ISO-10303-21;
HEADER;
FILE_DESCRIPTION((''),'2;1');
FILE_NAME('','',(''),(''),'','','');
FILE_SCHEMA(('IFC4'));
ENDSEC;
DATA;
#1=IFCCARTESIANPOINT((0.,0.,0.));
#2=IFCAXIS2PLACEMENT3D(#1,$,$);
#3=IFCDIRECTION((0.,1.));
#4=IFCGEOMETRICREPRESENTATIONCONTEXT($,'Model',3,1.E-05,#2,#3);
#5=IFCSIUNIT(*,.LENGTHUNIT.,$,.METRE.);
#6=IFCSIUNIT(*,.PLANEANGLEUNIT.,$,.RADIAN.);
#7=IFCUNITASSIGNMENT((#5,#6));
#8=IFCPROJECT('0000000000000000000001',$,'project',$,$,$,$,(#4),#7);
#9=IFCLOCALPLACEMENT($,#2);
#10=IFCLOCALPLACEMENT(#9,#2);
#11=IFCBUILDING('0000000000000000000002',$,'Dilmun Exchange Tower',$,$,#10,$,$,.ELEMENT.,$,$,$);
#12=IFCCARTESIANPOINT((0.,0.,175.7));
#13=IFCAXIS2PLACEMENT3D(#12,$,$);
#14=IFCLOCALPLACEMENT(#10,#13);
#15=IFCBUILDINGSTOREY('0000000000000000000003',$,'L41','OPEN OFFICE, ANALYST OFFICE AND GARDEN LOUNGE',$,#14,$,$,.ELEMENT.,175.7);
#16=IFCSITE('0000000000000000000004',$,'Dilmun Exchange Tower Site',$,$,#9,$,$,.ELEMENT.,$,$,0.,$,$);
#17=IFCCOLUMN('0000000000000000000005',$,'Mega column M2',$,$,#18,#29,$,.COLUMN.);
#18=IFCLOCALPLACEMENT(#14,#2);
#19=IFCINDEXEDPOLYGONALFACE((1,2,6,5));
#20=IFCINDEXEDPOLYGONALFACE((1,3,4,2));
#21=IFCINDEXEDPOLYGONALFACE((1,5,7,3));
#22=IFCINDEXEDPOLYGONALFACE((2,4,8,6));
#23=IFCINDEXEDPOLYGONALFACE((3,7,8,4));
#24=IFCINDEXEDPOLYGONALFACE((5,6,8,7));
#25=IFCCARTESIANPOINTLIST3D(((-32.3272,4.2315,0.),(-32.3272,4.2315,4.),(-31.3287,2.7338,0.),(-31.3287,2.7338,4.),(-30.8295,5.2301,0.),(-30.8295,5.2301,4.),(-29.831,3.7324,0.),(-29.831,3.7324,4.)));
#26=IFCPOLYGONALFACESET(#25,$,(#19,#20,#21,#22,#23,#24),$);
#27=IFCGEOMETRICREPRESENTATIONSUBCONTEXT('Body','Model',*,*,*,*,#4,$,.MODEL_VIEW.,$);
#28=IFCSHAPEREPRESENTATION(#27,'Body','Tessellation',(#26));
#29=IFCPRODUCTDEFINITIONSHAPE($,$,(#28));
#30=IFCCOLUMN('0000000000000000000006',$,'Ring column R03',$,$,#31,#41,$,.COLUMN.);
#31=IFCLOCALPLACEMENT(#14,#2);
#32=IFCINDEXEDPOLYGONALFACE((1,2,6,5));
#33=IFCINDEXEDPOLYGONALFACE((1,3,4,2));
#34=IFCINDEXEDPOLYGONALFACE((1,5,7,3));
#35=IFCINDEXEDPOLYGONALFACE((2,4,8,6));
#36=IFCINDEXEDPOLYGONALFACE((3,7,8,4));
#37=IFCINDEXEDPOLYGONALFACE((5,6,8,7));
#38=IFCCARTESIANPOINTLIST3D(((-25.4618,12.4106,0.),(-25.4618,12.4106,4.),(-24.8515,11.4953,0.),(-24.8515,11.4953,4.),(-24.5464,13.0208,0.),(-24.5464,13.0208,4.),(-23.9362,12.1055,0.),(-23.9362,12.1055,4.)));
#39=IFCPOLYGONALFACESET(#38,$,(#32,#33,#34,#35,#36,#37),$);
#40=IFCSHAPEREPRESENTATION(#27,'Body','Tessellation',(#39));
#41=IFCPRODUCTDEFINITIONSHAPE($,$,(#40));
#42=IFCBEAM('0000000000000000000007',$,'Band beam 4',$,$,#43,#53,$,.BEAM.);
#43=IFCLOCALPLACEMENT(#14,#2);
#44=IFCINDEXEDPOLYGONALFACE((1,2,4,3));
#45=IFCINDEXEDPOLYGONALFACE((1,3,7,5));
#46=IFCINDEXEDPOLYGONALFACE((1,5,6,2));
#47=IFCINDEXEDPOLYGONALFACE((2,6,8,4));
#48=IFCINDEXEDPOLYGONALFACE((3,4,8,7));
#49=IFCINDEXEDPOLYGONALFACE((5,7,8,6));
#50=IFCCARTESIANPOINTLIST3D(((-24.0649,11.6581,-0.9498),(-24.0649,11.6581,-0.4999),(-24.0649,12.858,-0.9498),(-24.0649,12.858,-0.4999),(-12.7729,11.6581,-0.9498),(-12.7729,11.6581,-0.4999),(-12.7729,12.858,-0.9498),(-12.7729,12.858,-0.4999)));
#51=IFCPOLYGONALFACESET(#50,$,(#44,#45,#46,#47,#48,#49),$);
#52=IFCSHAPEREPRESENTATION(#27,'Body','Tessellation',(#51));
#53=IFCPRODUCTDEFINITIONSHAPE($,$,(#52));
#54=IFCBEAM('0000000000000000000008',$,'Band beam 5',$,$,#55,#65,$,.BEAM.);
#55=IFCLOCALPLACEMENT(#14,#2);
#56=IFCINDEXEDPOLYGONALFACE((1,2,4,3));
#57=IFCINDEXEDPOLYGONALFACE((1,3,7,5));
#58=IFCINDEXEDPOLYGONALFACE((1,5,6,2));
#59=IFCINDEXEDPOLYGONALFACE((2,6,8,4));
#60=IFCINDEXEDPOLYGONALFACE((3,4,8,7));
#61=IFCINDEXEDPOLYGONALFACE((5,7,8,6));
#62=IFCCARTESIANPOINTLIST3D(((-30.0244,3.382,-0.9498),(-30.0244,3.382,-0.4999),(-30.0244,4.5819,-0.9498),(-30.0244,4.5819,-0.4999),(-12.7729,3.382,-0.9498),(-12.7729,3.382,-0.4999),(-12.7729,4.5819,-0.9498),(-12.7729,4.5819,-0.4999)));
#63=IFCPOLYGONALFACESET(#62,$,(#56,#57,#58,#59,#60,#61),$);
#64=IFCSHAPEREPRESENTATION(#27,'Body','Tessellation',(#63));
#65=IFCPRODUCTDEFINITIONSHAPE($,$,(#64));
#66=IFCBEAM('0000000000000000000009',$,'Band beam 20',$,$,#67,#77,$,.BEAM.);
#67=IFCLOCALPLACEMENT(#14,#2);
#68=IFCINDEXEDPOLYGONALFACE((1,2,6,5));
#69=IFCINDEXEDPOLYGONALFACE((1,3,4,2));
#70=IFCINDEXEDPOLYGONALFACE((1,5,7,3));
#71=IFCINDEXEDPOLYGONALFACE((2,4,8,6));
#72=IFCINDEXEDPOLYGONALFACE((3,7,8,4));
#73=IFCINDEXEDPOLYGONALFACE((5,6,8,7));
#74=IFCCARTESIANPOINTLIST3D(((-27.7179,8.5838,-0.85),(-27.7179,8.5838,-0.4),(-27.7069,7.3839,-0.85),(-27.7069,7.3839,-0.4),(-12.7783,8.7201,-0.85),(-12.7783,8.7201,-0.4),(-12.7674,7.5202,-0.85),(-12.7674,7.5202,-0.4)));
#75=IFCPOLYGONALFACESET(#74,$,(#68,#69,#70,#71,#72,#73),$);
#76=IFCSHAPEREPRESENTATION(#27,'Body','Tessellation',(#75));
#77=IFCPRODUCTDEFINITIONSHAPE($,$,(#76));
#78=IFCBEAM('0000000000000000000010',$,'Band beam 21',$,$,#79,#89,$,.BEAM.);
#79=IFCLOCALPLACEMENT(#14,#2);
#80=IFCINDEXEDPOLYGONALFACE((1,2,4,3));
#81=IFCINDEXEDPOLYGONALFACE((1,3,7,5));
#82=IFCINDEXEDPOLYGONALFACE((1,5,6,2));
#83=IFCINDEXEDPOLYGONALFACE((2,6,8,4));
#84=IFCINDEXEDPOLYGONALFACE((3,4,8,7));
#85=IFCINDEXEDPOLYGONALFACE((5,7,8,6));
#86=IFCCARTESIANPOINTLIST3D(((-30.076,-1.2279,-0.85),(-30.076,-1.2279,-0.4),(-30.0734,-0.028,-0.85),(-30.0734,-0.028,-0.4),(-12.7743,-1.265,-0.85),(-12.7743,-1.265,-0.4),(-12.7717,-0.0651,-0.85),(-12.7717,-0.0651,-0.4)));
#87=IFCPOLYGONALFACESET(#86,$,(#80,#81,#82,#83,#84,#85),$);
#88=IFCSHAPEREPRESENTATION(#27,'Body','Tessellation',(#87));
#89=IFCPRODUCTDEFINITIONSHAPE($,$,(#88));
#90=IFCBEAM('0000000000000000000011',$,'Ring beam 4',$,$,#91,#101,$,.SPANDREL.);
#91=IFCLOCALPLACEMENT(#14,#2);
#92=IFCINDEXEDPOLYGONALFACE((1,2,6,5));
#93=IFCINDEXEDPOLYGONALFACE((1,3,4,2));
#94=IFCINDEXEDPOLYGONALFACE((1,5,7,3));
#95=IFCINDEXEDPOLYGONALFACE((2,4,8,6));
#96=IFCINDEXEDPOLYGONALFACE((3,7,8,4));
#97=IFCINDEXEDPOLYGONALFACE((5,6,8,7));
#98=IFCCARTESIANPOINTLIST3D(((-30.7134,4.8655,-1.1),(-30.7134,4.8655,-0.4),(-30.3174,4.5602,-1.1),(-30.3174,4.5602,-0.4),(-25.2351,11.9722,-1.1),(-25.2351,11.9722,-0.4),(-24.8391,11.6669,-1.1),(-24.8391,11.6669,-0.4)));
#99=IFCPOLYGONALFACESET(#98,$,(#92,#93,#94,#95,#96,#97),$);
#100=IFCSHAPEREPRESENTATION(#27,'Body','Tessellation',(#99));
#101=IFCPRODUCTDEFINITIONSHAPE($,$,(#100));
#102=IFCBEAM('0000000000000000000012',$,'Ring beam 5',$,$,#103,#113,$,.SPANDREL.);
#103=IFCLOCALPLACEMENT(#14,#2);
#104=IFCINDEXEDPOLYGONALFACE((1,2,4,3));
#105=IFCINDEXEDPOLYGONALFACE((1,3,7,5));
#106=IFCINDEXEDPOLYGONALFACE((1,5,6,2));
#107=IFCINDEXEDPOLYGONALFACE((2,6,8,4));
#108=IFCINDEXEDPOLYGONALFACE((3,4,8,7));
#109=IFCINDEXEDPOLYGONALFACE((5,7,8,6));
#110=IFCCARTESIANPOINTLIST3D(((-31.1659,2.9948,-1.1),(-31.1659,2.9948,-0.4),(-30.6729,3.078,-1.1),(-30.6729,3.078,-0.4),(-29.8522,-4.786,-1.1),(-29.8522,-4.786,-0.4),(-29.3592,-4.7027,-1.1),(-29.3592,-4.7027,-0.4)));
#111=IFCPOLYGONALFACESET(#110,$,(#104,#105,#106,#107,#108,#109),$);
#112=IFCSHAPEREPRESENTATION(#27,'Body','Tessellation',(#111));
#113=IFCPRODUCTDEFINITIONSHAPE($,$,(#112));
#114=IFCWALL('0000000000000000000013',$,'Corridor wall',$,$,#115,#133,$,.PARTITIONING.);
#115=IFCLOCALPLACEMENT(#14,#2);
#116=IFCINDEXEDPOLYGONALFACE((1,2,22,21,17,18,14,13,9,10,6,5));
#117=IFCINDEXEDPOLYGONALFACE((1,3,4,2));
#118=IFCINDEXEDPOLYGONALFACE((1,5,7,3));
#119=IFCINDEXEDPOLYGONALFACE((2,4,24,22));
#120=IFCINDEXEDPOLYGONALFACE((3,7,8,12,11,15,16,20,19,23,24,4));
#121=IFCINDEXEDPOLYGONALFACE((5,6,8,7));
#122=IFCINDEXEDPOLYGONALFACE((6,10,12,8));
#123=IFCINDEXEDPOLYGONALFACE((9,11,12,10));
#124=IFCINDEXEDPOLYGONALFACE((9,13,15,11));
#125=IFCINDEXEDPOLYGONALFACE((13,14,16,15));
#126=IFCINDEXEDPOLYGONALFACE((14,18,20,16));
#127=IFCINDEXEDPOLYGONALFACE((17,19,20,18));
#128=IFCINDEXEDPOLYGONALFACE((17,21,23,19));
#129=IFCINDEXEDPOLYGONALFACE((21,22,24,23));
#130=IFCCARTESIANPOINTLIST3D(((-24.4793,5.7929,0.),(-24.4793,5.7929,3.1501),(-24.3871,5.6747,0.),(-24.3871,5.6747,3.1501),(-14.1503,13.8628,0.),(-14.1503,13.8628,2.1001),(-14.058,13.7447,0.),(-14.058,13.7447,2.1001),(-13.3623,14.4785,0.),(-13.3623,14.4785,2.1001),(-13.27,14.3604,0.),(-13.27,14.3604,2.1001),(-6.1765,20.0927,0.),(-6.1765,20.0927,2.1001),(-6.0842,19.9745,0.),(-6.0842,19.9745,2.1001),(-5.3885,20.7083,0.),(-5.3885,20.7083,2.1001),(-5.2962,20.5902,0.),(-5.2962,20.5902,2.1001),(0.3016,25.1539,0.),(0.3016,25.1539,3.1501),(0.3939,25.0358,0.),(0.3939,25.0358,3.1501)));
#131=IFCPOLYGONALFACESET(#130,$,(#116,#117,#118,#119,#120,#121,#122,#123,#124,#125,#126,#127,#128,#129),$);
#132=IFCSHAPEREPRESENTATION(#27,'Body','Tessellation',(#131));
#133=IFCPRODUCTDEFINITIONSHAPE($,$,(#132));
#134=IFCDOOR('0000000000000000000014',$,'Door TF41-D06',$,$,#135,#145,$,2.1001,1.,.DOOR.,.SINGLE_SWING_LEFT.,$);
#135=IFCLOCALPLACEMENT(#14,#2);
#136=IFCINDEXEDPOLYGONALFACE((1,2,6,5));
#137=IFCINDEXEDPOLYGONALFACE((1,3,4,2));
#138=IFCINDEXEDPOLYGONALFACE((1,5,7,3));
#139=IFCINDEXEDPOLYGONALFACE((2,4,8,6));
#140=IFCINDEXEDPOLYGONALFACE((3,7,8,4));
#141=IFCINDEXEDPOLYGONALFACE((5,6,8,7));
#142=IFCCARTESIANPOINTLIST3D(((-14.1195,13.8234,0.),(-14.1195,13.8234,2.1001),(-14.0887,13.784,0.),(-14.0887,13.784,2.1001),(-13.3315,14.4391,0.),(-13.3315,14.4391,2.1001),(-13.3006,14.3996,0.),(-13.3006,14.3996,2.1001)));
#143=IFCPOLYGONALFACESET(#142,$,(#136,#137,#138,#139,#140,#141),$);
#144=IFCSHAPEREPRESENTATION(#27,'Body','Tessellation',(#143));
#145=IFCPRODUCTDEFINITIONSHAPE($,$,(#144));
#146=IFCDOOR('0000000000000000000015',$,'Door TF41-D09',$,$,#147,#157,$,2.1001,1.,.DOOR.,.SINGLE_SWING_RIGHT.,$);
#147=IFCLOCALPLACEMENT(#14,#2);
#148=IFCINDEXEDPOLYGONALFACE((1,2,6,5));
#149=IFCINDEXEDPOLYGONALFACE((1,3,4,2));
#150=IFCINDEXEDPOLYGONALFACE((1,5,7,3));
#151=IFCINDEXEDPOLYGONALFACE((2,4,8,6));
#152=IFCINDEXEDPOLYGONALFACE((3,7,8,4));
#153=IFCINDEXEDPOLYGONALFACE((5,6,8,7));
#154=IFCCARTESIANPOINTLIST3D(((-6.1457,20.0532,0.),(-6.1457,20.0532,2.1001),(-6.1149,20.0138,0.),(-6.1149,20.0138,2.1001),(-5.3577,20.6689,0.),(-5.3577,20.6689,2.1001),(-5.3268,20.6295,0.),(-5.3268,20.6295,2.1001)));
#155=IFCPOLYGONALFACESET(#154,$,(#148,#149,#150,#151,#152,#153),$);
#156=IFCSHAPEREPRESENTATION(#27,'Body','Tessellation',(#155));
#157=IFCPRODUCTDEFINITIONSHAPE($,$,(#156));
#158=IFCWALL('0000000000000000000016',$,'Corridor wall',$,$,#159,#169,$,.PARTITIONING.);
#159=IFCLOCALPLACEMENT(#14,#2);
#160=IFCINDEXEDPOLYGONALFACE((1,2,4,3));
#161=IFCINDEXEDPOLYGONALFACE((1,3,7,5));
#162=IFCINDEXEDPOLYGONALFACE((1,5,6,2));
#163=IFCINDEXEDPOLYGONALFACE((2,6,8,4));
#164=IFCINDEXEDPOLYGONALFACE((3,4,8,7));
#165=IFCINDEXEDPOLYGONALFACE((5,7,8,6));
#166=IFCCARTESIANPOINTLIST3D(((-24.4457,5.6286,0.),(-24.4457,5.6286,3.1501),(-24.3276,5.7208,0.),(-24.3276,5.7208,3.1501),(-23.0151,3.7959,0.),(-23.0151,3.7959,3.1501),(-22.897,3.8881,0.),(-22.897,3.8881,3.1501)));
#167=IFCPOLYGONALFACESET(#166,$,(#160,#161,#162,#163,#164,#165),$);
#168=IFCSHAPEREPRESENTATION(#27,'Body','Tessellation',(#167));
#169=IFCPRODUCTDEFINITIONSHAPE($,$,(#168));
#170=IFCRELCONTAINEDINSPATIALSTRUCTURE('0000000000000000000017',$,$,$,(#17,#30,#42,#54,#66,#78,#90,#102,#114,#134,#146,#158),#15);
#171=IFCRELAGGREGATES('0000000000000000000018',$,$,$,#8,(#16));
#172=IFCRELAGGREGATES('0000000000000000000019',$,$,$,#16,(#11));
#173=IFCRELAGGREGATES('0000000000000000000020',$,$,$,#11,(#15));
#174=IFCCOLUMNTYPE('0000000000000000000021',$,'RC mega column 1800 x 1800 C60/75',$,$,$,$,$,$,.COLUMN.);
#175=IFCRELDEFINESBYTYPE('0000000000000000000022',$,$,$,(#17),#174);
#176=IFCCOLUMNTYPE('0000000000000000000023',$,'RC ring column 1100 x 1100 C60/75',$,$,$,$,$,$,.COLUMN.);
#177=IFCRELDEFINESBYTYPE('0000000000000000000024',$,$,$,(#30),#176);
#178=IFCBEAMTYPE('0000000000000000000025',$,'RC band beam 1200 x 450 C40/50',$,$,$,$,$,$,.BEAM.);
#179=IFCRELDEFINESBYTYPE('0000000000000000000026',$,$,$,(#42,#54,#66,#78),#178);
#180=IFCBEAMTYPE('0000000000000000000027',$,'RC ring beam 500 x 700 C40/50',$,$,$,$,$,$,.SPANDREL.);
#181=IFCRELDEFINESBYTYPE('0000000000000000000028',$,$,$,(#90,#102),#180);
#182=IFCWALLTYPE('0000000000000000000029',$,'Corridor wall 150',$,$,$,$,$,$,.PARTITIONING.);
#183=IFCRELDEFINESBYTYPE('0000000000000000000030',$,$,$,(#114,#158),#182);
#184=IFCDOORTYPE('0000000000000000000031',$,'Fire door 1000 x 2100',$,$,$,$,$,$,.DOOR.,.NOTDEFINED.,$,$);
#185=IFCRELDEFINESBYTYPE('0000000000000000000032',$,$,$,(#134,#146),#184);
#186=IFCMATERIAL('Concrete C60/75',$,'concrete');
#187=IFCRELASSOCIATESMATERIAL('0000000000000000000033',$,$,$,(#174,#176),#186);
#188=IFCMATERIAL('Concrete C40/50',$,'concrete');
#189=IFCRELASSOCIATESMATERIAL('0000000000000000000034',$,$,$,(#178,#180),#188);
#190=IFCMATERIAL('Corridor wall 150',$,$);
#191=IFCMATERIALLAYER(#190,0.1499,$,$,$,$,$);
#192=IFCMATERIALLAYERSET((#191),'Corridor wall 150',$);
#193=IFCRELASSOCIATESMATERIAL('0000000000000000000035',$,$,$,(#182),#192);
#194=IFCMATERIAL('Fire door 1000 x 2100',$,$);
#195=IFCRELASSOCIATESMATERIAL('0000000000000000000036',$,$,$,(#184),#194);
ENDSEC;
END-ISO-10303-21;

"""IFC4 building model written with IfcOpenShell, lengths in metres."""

from ifc_helpers import new_model, si_unit, direction, frame, frame_2d, origin, origin_2d, place, context, subcontext, project, spatial, rectangle, extrude, material, layer, layer_set, material_profile, profile_set, type_object, element, fill, save


model = new_model("IFC4")

# Units and contexts
model_context = context("Model", 3, precision=1e-05, world=origin(), true_north=direction((0.0, 1.0)))
body_context = subcontext(model_context, "Body", "Model", "MODEL_VIEW")
ifc_project = project(units=[si_unit("LENGTHUNIT", "METRE"), si_unit("PLANEANGLEUNIT", "RADIAN")], contexts=[model_context])

# Site, building, storey
site_placement = place(None, origin())
site = spatial("IfcSite", under=ifc_project, at=site_placement, Name="Dilmun Exchange Tower Site", CompositionType="ELEMENT", RefElevation=0.0)
building_placement = place(site_placement, origin())
building = spatial("IfcBuilding", under=site, at=building_placement, Name="Dilmun Exchange Tower", CompositionType="ELEMENT")
storey_placement = place(building_placement, frame((0.0, 0.0, 175.7)))
storey = spatial("IfcBuildingStorey", under=building, at=storey_placement, Name="L41", Description="OPEN OFFICE, ANALYST OFFICE AND GARDEN LOUNGE", CompositionType="ELEMENT", Elevation=175.7)

# Columns
ifc_material_1 = material(Name="Concrete C60/75", Category="concrete")
ifc_material_profile_1 = material_profile(ifc_material_1, rectangle(XDim=1.8, YDim=1.8, at=origin_2d()), Name="1800 x 1800")
ifc_profile_set_1 = profile_set([ifc_material_profile_1], Name="Concrete C60/75")
column_type_1 = type_object("IfcColumnType", Name="RC mega column 1800 x 1800 C60/75", PredefinedType="COLUMN", material=ifc_profile_set_1)
column_1_placement = place(storey_placement, frame((-31.0791, 3.9819, 0.0), z_axis=(0.0, 0.0, 1.0), x_axis=(0.832029, 0.554733, 0.0)))
element("IfcColumn", 1, at=column_1_placement, inside=storey, type_object=column_type_1, Name="Mega column M2", PredefinedType="COLUMN", context=body_context, shape_type="SweptSolid", body=[
    extrude(rectangle(XDim=1.8, YDim=1.8, at=origin_2d()), origin(), (0.0, 0.0, 1.0), 4.0),
])
ifc_material_profile_2 = material_profile(ifc_material_1, rectangle(XDim=1.1001, YDim=1.1001, at=origin_2d()), Name="1100 x 1100")
ifc_profile_set_2 = profile_set([ifc_material_profile_2], Name="Concrete C60/75")
column_type_2 = type_object("IfcColumnType", Name="RC ring column 1100 x 1100 C60/75", PredefinedType="COLUMN", material=ifc_profile_set_2)
column_2_placement = place(storey_placement, frame((-24.699, 12.2581, 0.0), z_axis=(0.0, 0.0, 1.0), x_axis=(0.832029, 0.554733, 0.0)))
element("IfcColumn", 2, at=column_2_placement, inside=storey, type_object=column_type_2, Name="Ring column R03", PredefinedType="COLUMN", context=body_context, shape_type="SweptSolid", body=[
    extrude(rectangle(XDim=1.1001, YDim=1.1001, at=origin_2d()), origin(), (0.0, 0.0, 1.0), 4.0),
])

# Beams
ifc_material_2 = material(Name="Concrete C40/50", Category="concrete")
ifc_material_profile_3 = material_profile(ifc_material_2, rectangle(XDim=1.2, YDim=0.45, at=origin_2d()), Name="1200 x 450")
ifc_profile_set_3 = profile_set([ifc_material_profile_3], Name="Concrete C40/50")
beam_type_1 = type_object("IfcBeamType", Name="RC band beam 1200 x 450 C40/50", PredefinedType="BEAM", material=ifc_profile_set_3)
beam_1_placement = place(storey_placement, frame((-24.0649, 12.2581, -0.7249), z_axis=(1.0, 0.0, 0.0), x_axis=(0.0, 1.0, 0.0)))
element("IfcBeam", 3, at=beam_1_placement, inside=storey, type_object=beam_type_1, Name="Band beam 4", PredefinedType="BEAM", context=body_context, shape_type="SweptSolid", body=[
    extrude(rectangle(XDim=1.2, YDim=0.45, at=origin_2d()), origin(), (0.0, 0.0, 1.0), 11.292),
])
beam_2_placement = place(storey_placement, frame((-30.0244, 3.9819, -0.7249), z_axis=(1.0, 0.0, 0.0), x_axis=(0.0, 1.0, 0.0)))
element("IfcBeam", 4, at=beam_2_placement, inside=storey, type_object=beam_type_1, Name="Band beam 5", PredefinedType="BEAM", context=body_context, shape_type="SweptSolid", body=[
    extrude(rectangle(XDim=1.2, YDim=0.45, at=origin_2d()), origin(), (0.0, 0.0, 1.0), 17.2515),
])
beam_3_placement = place(storey_placement, frame((-27.7124, 7.9839, -0.625), z_axis=(0.999958, 0.009118, 0.0), x_axis=(-0.009118, 0.999958, 0.0)))
element("IfcBeam", 5, at=beam_3_placement, inside=storey, type_object=beam_type_1, Name="Band beam 20", PredefinedType="BEAM", context=body_context, shape_type="SweptSolid", body=[
    extrude(rectangle(XDim=1.2, YDim=0.45, at=origin_2d()), origin(), (0.0, 0.0, 1.0), 14.9402),
])
beam_4_placement = place(storey_placement, frame((-30.0747, -0.6279, -0.625), z_axis=(0.999998, -0.002145, 0.0), x_axis=(0.002145, 0.999998, 0.0)))
element("IfcBeam", 6, at=beam_4_placement, inside=storey, type_object=beam_type_1, Name="Band beam 21", PredefinedType="BEAM", context=body_context, shape_type="SweptSolid", body=[
    extrude(rectangle(XDim=1.2, YDim=0.45, at=origin_2d()), origin(), (0.0, 0.0, 1.0), 17.3018),
])
ifc_material_profile_4 = material_profile(ifc_material_2, rectangle(XDim=0.5, YDim=0.7, at=origin_2d()), Name="500 x 700")
ifc_profile_set_4 = profile_set([ifc_material_profile_4], Name="Concrete C40/50")
beam_type_2 = type_object("IfcBeamType", Name="RC ring beam 500 x 700 C40/50", PredefinedType="SPANDREL", material=ifc_profile_set_4)
beam_5_placement = place(storey_placement, frame((-25.0371, 11.8196, -0.75), z_axis=(-0.610522, -0.792, 0.0), x_axis=(0.792, -0.610522, 0.0)))
element("IfcBeam", 7, at=beam_5_placement, inside=storey, type_object=beam_type_2, Name="Ring beam 4", PredefinedType="SPANDREL", context=body_context, shape_type="SweptSolid", body=[
    extrude(rectangle(XDim=0.5, YDim=0.7, at=origin_2d()), origin(), (0.0, 0.0, 1.0), 8.9731),
])
beam_6_placement = place(storey_placement, frame((-30.9194, 3.0364, -0.75), z_axis=(0.166486, -0.986044, 0.0), x_axis=(0.986044, 0.166486, 0.0)))
element("IfcBeam", 8, at=beam_6_placement, inside=storey, type_object=beam_type_2, Name="Ring beam 5", PredefinedType="SPANDREL", context=body_context, shape_type="SweptSolid", body=[
    extrude(rectangle(XDim=0.5, YDim=0.7, at=origin_2d()), origin(), (0.0, 0.0, 1.0), 7.8909),
])

# Wall, openings, doors
ifc_material_3 = material(Name="Corridor wall 150")
ifc_layer_1 = layer(ifc_material_3, 0.1499)
ifc_layer_set_1 = layer_set([ifc_layer_1], Name="Corridor wall 150")
wall_type_1 = type_object("IfcWallType", Name="Corridor wall 150", PredefinedType="PARTITIONING", material=ifc_layer_set_1)
wall_1_placement = place(storey_placement, frame((-24.4331, 5.7339, 0.0), z_axis=(0.0, 0.0, 1.0), x_axis=(0.78801, 0.615662, 0.0)))
wall_1 = element("IfcWall", 9, at=wall_1_placement, inside=storey, type_object=wall_type_1, Name="Corridor wall", PredefinedType="PARTITIONING", context=body_context, shape_type="SweptSolid", body=[
    extrude(rectangle(XDim=31.4475, YDim=0.1499, at=frame_2d((15.7236, 0.0))), origin(), (0.0, 0.0, 1.0), 3.1501),
])
opening_1_placement = place(wall_1_placement, frame((13.1077, 0.0, 0.0)))
opening_1 = element("IfcOpeningElement", 10, at=opening_1_placement, cuts=wall_1, PredefinedType="OPENING", context=body_context, shape_type="SweptSolid", body=[
    extrude(rectangle(XDim=1.0, YDim=2.1001, at=frame_2d((0.5, 1.05))), frame((0.0, 0.085, 0.0), z_axis=(0.0, -1.0, 0.0), x_axis=(1.0, 0.0, 0.0)), (0.0, 0.0, 1.0), 0.1699),
])
opening_2_placement = place(wall_1_placement, frame((23.2266, 0.0, 0.0)))
opening_2 = element("IfcOpeningElement", 11, at=opening_2_placement, cuts=wall_1, PredefinedType="OPENING", context=body_context, shape_type="SweptSolid", body=[
    extrude(rectangle(XDim=1.0, YDim=2.1001, at=frame_2d((0.5, 1.05))), frame((0.0, 0.085, 0.0), z_axis=(0.0, -1.0, 0.0), x_axis=(1.0, 0.0, 0.0)), (0.0, 0.0, 1.0), 0.1699),
])
ifc_material_4 = material(Name="Fire door 1000 x 2100")
door_type = type_object("IfcDoorType", Name="Fire door 1000 x 2100", OperationType="NOTDEFINED", PredefinedType="DOOR", material=ifc_material_4)
door_1_placement = place(opening_1_placement, origin())
door_1 = element("IfcDoor", 12, at=door_1_placement, inside=storey, type_object=door_type, Name="Door TF41-D06", OperationType="SINGLE_SWING_LEFT", OverallHeight=2.1001, OverallWidth=1.0, PredefinedType="DOOR", context=body_context, shape_type="SweptSolid", body=[
    extrude(rectangle(XDim=1.0, YDim=2.1001, at=frame_2d((0.5, 1.05))), frame((0.0, 0.0249, 0.0), z_axis=(0.0, -1.0, 0.0), x_axis=(1.0, 0.0, 0.0)), (0.0, 0.0, 1.0), 0.05),
])
fill(opening_1, door_1)
door_2_placement = place(opening_2_placement, origin())
door_2 = element("IfcDoor", 13, at=door_2_placement, inside=storey, type_object=door_type, Name="Door TF41-D09", OperationType="SINGLE_SWING_RIGHT", OverallHeight=2.1001, OverallWidth=1.0, PredefinedType="DOOR", context=body_context, shape_type="SweptSolid", body=[
    extrude(rectangle(XDim=1.0, YDim=2.1001, at=frame_2d((0.5, 1.05))), frame((0.0, 0.0249, 0.0), z_axis=(0.0, -1.0, 0.0), x_axis=(1.0, 0.0, 0.0)), (0.0, 0.0, 1.0), 0.05),
])
fill(opening_2, door_2)

# Wall
wall_2_placement = place(storey_placement, frame((-24.3867, 5.6748, 0.0), z_axis=(0.0, 0.0, 1.0), x_axis=(0.615328, -0.788271, 0.0)))
element("IfcWall", 14, at=wall_2_placement, inside=storey, type_object=wall_type_1, Name="Corridor wall", PredefinedType="PARTITIONING", context=body_context, shape_type="SweptSolid", body=[
    extrude(rectangle(XDim=2.325, YDim=0.1499, at=frame_2d((1.1626, 0.0))), origin(), (0.0, 0.0, 1.0), 3.1501),
])

save(model, "model.ifc")
